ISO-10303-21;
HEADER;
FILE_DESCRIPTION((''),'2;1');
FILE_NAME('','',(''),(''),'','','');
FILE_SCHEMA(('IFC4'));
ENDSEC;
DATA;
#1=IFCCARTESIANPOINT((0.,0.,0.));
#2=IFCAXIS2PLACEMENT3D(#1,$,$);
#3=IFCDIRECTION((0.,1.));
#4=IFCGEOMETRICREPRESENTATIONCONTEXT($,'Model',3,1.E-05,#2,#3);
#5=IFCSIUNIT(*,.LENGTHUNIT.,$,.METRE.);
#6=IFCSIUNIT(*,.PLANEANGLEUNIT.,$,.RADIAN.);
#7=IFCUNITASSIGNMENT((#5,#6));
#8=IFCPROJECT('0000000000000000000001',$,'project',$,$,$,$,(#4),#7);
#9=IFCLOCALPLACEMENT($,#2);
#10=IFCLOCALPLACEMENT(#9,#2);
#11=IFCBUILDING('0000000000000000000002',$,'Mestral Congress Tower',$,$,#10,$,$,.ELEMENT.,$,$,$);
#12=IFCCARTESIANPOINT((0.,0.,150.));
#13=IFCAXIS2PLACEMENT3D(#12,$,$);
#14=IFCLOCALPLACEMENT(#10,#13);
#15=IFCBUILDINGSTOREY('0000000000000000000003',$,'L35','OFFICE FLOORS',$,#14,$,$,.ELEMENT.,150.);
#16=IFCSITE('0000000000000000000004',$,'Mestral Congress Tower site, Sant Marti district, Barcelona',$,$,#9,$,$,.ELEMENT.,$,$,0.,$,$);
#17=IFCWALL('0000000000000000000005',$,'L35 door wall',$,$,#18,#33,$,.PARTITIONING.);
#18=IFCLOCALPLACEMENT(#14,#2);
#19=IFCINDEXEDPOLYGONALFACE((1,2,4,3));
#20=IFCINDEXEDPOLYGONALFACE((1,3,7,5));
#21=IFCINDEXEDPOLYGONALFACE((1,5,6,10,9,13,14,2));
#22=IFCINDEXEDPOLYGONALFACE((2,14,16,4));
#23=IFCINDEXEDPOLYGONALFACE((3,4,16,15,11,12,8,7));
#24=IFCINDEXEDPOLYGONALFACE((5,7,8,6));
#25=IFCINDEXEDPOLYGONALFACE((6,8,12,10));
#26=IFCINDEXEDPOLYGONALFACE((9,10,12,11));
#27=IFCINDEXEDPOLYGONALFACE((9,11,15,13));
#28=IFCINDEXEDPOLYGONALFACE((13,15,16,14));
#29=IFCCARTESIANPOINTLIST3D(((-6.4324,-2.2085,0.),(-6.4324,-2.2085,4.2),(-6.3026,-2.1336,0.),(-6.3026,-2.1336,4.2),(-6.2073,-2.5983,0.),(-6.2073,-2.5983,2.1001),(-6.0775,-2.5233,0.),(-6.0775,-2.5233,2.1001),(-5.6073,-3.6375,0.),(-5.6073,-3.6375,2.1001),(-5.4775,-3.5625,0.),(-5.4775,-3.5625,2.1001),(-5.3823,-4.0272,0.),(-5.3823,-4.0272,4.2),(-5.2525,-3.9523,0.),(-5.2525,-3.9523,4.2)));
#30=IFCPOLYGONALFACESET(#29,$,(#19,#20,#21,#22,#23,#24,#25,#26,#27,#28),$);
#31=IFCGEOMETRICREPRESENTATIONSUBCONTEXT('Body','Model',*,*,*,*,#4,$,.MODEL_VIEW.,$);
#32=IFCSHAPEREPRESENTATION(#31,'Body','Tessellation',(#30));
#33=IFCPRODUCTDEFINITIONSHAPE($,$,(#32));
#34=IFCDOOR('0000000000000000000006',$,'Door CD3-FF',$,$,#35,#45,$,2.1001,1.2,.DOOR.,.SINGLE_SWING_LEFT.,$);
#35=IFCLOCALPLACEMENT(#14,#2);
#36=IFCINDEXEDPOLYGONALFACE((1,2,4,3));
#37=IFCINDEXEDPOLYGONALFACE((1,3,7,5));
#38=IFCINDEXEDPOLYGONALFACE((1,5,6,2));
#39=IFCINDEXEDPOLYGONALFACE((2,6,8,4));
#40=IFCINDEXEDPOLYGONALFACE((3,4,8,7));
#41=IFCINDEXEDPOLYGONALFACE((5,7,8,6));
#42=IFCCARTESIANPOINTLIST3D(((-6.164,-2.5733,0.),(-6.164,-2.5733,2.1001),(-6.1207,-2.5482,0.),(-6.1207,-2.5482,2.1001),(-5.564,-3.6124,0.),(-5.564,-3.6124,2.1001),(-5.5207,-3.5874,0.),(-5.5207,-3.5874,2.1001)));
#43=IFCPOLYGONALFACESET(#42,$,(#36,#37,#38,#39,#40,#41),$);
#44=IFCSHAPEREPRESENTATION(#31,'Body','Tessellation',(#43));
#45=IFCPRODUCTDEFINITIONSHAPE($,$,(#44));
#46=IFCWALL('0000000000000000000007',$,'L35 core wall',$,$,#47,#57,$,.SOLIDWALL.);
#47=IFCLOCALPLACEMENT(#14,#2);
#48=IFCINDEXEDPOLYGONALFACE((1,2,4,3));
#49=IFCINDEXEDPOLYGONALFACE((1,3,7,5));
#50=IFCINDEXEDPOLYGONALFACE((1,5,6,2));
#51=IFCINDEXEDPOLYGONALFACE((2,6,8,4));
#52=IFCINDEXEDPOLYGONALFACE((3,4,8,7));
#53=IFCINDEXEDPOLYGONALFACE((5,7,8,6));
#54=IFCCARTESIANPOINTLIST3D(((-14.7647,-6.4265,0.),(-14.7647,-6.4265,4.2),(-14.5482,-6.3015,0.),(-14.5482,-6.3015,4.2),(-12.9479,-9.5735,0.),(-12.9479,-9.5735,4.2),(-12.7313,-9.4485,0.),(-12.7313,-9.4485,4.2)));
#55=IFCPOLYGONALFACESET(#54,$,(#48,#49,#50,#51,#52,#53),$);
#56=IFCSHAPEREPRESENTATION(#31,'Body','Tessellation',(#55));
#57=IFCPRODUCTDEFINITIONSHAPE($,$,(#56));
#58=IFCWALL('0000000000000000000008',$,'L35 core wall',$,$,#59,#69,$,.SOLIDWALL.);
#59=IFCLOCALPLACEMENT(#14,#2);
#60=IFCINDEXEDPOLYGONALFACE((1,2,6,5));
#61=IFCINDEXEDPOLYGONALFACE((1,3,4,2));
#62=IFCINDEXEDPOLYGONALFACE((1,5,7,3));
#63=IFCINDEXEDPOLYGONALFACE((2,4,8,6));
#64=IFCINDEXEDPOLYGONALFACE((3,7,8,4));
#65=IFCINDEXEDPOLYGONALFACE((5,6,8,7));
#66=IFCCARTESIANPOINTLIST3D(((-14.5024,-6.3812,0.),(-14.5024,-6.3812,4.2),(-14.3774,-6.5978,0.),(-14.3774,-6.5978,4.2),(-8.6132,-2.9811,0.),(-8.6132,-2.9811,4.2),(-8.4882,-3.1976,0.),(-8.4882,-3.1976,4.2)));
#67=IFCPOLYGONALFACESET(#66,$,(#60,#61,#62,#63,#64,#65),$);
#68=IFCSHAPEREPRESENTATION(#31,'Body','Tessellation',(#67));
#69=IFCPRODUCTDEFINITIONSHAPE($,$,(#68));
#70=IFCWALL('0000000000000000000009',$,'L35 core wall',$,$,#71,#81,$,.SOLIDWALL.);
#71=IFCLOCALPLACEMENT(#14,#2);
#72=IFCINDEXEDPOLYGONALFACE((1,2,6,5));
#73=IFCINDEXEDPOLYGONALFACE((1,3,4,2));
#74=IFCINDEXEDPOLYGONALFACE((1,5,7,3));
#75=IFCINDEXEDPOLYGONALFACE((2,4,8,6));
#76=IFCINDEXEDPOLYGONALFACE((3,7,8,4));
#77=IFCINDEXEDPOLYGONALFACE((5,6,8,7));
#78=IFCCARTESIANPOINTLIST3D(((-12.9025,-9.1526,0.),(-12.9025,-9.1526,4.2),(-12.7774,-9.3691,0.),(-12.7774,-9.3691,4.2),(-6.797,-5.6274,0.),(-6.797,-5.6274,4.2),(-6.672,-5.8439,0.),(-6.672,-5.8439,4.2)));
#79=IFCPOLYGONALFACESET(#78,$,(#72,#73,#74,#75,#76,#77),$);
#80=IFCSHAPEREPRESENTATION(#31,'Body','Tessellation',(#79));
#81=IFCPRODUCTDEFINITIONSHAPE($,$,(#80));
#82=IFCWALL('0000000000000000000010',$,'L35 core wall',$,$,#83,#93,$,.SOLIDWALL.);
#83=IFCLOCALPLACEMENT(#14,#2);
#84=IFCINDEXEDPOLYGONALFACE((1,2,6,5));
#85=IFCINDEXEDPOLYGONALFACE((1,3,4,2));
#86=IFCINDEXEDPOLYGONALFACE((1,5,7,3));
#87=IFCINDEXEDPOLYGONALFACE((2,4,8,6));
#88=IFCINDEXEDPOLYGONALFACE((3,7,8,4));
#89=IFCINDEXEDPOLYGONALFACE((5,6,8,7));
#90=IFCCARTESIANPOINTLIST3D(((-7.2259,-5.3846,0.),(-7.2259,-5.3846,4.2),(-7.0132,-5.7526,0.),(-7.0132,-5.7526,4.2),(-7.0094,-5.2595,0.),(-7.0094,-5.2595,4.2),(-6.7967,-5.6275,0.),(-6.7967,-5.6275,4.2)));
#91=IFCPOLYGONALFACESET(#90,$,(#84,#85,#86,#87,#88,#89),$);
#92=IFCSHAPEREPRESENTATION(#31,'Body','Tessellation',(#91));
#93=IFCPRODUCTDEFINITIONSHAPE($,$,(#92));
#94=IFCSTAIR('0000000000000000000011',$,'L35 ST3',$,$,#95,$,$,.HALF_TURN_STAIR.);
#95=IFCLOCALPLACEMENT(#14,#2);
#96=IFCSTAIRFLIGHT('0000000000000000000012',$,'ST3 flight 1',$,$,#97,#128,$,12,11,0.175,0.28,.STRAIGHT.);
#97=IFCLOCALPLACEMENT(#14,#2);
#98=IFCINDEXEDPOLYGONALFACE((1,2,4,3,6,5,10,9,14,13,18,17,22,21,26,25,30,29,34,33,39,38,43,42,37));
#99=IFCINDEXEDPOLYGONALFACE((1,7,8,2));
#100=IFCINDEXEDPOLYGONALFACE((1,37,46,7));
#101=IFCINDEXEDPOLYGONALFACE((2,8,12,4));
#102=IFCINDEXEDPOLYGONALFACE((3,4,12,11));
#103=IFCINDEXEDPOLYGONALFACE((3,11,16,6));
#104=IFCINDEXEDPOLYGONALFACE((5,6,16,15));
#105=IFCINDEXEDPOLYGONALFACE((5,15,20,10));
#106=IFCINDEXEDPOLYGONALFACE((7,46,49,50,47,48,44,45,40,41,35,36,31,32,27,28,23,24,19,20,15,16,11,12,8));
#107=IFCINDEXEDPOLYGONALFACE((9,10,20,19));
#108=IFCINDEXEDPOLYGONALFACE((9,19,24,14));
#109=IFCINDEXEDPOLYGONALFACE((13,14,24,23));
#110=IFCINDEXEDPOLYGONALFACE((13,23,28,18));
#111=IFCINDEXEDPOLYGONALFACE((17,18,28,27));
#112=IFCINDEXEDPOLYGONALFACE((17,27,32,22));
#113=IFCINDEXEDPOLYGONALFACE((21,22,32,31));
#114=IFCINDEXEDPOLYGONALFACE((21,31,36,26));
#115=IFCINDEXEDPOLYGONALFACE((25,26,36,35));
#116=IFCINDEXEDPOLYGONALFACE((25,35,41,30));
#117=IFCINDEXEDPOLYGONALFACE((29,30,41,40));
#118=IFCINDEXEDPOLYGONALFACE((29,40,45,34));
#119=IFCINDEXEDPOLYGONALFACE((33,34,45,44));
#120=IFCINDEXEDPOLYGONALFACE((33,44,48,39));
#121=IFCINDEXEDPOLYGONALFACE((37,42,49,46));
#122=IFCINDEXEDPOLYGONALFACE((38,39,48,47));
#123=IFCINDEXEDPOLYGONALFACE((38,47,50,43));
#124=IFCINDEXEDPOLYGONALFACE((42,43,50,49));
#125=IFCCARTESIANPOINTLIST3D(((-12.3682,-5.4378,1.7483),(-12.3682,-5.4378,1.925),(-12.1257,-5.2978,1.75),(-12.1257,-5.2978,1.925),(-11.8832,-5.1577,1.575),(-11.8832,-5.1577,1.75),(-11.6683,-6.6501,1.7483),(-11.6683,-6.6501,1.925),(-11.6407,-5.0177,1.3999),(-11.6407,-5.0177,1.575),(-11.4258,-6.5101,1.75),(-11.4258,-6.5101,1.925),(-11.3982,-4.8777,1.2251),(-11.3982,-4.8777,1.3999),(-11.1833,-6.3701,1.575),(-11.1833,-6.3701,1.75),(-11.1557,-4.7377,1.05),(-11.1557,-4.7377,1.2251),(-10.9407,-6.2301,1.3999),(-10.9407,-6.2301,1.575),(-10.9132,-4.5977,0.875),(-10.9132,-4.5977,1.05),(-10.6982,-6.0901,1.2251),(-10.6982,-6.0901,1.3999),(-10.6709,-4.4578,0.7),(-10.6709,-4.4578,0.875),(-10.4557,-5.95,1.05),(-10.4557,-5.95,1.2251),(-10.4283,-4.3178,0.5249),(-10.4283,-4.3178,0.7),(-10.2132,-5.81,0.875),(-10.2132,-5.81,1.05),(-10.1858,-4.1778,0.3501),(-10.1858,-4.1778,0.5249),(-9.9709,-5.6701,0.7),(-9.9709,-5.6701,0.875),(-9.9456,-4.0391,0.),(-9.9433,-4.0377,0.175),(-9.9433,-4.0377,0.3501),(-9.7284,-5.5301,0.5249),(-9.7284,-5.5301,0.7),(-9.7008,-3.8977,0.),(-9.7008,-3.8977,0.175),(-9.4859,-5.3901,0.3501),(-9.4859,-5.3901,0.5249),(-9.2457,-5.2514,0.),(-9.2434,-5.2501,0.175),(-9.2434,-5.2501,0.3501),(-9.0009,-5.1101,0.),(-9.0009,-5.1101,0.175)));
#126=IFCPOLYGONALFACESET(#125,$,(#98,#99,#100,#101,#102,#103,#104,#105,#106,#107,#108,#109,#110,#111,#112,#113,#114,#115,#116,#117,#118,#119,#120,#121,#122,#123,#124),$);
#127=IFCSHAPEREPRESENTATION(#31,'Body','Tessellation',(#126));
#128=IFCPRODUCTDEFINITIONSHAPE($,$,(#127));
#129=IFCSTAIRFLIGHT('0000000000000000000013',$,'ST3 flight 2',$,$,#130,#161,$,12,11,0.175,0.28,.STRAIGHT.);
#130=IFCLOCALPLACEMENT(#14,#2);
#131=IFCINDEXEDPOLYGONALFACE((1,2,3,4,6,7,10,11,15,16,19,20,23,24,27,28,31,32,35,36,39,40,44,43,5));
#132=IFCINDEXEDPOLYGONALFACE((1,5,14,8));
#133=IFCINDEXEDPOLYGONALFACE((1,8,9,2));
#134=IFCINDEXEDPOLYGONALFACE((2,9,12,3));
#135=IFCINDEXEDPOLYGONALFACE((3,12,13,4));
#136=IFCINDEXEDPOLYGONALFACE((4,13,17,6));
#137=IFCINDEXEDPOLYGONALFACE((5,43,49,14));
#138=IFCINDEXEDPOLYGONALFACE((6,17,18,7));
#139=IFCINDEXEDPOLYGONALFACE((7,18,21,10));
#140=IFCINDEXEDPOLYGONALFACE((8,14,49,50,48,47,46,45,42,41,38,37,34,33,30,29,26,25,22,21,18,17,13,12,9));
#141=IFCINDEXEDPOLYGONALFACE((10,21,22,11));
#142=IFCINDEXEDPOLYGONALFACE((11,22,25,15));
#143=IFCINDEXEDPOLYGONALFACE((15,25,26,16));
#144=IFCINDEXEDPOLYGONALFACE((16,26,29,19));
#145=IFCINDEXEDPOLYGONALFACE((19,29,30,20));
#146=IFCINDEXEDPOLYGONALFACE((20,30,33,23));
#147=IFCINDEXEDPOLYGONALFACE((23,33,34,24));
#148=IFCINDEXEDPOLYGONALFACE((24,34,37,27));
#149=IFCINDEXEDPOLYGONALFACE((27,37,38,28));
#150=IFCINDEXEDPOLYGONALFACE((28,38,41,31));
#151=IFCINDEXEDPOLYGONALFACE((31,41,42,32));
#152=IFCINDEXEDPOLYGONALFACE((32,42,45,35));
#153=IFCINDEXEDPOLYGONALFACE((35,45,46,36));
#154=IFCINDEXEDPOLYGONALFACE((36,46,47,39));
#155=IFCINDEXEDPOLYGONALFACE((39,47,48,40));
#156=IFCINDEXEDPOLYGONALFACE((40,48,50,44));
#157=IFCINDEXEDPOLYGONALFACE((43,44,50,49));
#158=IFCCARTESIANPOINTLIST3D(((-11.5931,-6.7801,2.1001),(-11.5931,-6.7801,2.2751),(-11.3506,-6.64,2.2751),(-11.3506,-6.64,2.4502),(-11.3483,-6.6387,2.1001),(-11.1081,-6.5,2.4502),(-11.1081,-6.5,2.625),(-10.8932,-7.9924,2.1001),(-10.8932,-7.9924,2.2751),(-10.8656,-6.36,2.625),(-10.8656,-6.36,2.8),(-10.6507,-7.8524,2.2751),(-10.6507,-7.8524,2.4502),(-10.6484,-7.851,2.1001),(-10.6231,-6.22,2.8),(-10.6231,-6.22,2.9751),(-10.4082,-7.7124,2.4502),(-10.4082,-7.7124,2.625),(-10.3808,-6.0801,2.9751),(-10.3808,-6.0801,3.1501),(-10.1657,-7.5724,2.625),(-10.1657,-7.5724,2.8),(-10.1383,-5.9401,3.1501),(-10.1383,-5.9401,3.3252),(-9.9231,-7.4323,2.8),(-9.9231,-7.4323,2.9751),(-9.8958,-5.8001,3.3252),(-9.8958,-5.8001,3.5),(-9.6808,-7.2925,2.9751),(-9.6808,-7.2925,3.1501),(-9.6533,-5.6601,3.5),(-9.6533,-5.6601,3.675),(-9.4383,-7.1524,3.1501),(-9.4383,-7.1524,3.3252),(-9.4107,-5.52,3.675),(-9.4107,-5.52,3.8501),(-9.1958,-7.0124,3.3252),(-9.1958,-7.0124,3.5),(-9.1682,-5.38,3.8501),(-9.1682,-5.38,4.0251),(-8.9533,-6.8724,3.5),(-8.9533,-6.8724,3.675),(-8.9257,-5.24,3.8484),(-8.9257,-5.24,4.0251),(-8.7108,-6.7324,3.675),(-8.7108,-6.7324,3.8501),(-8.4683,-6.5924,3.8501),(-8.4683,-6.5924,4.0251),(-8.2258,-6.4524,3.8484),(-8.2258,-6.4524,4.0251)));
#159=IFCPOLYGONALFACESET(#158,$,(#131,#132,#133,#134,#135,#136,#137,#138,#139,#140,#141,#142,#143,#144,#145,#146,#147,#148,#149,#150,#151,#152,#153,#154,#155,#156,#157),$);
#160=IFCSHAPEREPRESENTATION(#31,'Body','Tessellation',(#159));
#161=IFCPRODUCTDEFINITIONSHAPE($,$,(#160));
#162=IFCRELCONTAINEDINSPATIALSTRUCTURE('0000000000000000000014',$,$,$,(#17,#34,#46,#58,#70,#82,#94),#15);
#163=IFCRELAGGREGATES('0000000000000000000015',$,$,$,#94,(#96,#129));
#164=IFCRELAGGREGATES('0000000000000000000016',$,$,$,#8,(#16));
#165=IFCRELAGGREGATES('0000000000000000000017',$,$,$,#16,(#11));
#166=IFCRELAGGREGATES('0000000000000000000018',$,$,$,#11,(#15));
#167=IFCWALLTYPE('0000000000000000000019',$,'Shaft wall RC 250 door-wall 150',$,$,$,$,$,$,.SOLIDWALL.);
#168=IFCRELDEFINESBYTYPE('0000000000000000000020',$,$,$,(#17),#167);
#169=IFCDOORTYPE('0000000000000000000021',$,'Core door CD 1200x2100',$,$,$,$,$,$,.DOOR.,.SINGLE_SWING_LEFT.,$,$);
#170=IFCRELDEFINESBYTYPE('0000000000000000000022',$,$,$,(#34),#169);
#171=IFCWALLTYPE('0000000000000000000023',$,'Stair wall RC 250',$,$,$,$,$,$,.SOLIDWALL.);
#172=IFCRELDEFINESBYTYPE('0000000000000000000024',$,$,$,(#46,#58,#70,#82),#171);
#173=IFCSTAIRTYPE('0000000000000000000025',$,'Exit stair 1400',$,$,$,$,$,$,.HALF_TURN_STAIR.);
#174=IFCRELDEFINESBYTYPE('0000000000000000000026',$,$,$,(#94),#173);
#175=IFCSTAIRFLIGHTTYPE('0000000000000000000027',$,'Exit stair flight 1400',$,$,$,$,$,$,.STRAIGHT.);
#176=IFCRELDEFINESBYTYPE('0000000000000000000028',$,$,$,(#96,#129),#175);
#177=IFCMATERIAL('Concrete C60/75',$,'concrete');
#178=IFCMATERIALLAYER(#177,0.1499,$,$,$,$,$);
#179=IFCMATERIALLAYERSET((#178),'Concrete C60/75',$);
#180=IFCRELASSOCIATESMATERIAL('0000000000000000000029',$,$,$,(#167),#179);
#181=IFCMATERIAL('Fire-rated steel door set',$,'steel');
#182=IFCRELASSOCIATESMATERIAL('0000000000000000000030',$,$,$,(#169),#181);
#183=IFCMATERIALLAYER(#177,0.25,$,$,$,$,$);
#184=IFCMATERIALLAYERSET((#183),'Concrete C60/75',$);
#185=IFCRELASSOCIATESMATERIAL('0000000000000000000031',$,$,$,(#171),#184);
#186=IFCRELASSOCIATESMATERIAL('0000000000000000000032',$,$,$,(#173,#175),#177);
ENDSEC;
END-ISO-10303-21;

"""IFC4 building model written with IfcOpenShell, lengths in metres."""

from ifc_helpers import new_model, si_unit, direction, frame, frame_2d, origin, place, context, subcontext, project, spatial, polyline, rectangle, outline, extrude, material, layer, layer_set, type_object, element, fill, aggregate, save


model = new_model("IFC4")

# Units and contexts
model_context = context("Model", 3, precision=1e-05, world=origin(), true_north=direction((0.0, 1.0)))
body_context = subcontext(model_context, "Body", "Model", "MODEL_VIEW")
ifc_project = project(units=[si_unit("LENGTHUNIT", "METRE"), si_unit("PLANEANGLEUNIT", "RADIAN")], contexts=[model_context])

# Site, building, storey
site_placement = place(None, origin())
site = spatial("IfcSite", under=ifc_project, at=site_placement, Name="Mestral Congress Tower site, Sant Marti district, Barcelona", CompositionType="ELEMENT", RefElevation=0.0)
building_placement = place(site_placement, origin())
building = spatial("IfcBuilding", under=site, at=building_placement, Name="Mestral Congress Tower", CompositionType="ELEMENT")
storey_placement = place(building_placement, frame((0.0, 0.0, 150.0)))
storey = spatial("IfcBuildingStorey", under=building, at=storey_placement, Name="L35", Description="OFFICE FLOORS", CompositionType="ELEMENT", Elevation=150.0)

# Shared definitions
ifc_material_1 = material(Name="Concrete C60/75", Category="concrete")

# Shared definitions
ifc_material_2 = material(Name="Fire-rated steel door set", Category="steel")

# Shared definitions
ifc_layer_1 = layer(ifc_material_1, 0.1499)
ifc_layer_set_1 = layer_set([ifc_layer_1], Name="Concrete C60/75")
wall_type_1 = type_object("IfcWallType", Name="Shaft wall RC 250 door-wall 150", PredefinedType="SOLIDWALL", material=ifc_layer_set_1)

# Wall, opening, door
wall_1_placement = place(storey_placement, frame((-5.3174, -3.9897, 0.0), z_axis=(0.0, 0.0, 1.0), x_axis=(-0.500028, 0.866009, 0.0)))
wall_1 = element("IfcWall", 1, at=wall_1_placement, inside=storey, type_object=wall_type_1, Name="L35 door wall", PredefinedType="PARTITIONING", context=body_context, shape_type="SweptSolid", body=[
    extrude(rectangle(XDim=2.1001, YDim=0.1499, at=frame_2d((1.05, 0.0))), origin(), (0.0, 0.0, 1.0), 4.2),
])
opening_1_placement = place(wall_1_placement, frame((0.45, 0.0, 0.0)))
opening_1 = element("IfcOpeningElement", 2, at=opening_1_placement, cuts=wall_1, PredefinedType="OPENING", context=body_context, shape_type="SweptSolid", body=[
    extrude(rectangle(XDim=1.2, YDim=2.1001, at=frame_2d((0.6001, 1.05))), frame((0.0, 0.085, 0.0), z_axis=(0.0, -1.0, 0.0), x_axis=(1.0, 0.0, 0.0)), (0.0, 0.0, 1.0), 0.1699),
])
door_type_1 = type_object("IfcDoorType", Name="Core door CD 1200x2100", OperationType="SINGLE_SWING_LEFT", PredefinedType="DOOR", material=ifc_material_2)
door_1_placement = place(opening_1_placement, origin())
door_1 = element("IfcDoor", 3, at=door_1_placement, inside=storey, type_object=door_type_1, Name="Door CD3-FF", OperationType="SINGLE_SWING_LEFT", OverallHeight=2.1001, OverallWidth=1.2, PredefinedType="DOOR", context=body_context, shape_type="SweptSolid", body=[
    extrude(rectangle(XDim=1.2, YDim=2.1001, at=frame_2d((0.6001, 1.05))), frame((0.0, 0.0249, 0.0), z_axis=(0.0, -1.0, 0.0), x_axis=(1.0, 0.0, 0.0)), (0.0, 0.0, 1.0), 0.05),
])
fill(opening_1, door_1)

# Walls
ifc_layer_2 = layer(ifc_material_1, 0.25)
ifc_layer_set_2 = layer_set([ifc_layer_2], Name="Concrete C60/75")
wall_type_2 = type_object("IfcWallType", Name="Stair wall RC 250", PredefinedType="SOLIDWALL", material=ifc_layer_set_2)
wall_2_placement = place(storey_placement, frame((-12.8396, -9.511, 0.0), z_axis=(0.0, 0.0, 1.0), x_axis=(-0.499998, 0.866027, 0.0)))
element("IfcWall", 4, at=wall_2_placement, inside=storey, type_object=wall_type_2, Name="L35 core wall", PredefinedType="SOLIDWALL", context=body_context, shape_type="SweptSolid", body=[
    extrude(rectangle(XDim=3.6338, YDim=0.25, at=frame_2d((1.8169, 0.0))), origin(), (0.0, 0.0, 1.0), 4.2),
])
wall_3_placement = place(storey_placement, frame((-14.4399, -6.4895, 0.0), z_axis=(0.0, 0.0, 1.0), x_axis=(0.866023, 0.500004, 0.0)))
element("IfcWall", 5, at=wall_3_placement, inside=storey, type_object=wall_type_2, Name="L35 core wall", PredefinedType="SOLIDWALL", context=body_context, shape_type="SweptSolid", body=[
    extrude(rectangle(XDim=6.8003, YDim=0.25, at=frame_2d((3.4001, 0.0))), origin(), (0.0, 0.0, 1.0), 4.2),
])
wall_4_placement = place(storey_placement, frame((-12.8398, -9.2607, 0.0), z_axis=(0.0, 0.0, 1.0), x_axis=(0.866016, 0.500016, 0.0)))
element("IfcWall", 6, at=wall_4_placement, inside=storey, type_object=wall_type_2, Name="L35 core wall", PredefinedType="SOLIDWALL", context=body_context, shape_type="SweptSolid", body=[
    extrude(rectangle(XDim=7.05, YDim=0.25, at=frame_2d((3.5249, 0.0))), origin(), (0.0, 0.0, 1.0), 4.2),
])
wall_5_placement = place(storey_placement, frame((-6.905, -5.6899, 0.0), z_axis=(0.0, 0.0, 1.0), x_axis=(-0.500402, 0.865793, 0.0)))
element("IfcWall", 7, at=wall_5_placement, inside=storey, type_object=wall_type_2, Name="L35 core wall", PredefinedType="SOLIDWALL", context=body_context, shape_type="SweptSolid", body=[
    extrude(rectangle(XDim=0.425, YDim=0.25, at=frame_2d((0.2124, 0.0))), origin(), (0.0, 0.0, 1.0), 4.2),
])

# Stair, stair flights
stair_type = type_object("IfcStairType", Name="Exit stair 1400", PredefinedType="HALF_TURN_STAIR", material=ifc_material_1)
stair_placement = place(storey_placement, origin())
stair = element("IfcStair", 8, at=stair_placement, inside=storey, type_object=stair_type, Name="L35 ST3", PredefinedType="HALF_TURN_STAIR")
stair_flight_type = type_object("IfcStairFlightType", Name="Exit stair flight 1400", PredefinedType="STRAIGHT", material=ifc_material_1)
stair_flight_1_placement = place(storey_placement, frame((-9.3508, -4.5039, 0.0), z_axis=(0.0, 0.0, 1.0), x_axis=(-0.866025, -0.5, 0.0)))
stair_flight_1 = element("IfcStairFlight", 9, at=stair_flight_1_placement, type_object=stair_flight_type, Name="ST3 flight 1", NumberOfRisers=12, NumberOfTreads=11, PredefinedType="STRAIGHT", RiserHeight=0.175, TreadLength=0.28, context=body_context, shape_type="SweptSolid", body=[
    extrude(outline(polyline([(0.0, 0.0), (0.0, 0.175), (0.28, 0.175), (0.28, 0.3501), (0.5601, 0.3501), (0.5601, 0.5249), (0.8401, 0.5249), (0.8401, 0.7), (1.1201, 0.7), (1.1201, 0.875), (1.3999, 0.875), (1.3999, 1.05), (1.6799, 1.05), (1.6799, 1.2251), (1.96, 1.2251), (1.96, 1.3999), (2.24, 1.3999), (2.24, 1.575), (2.52, 1.575), (2.52, 1.75), (2.8, 1.75), (2.8, 1.925), (3.0801, 1.925), (3.0801, 2.1001), (3.0801, 1.7483), (0.2827, 0.0), (0.0, 0.0)])), frame((0.0, 0.7, 0.0), z_axis=(0.0, -1.0, 0.0), x_axis=(1.0, 0.0, 0.0)), (0.0, 0.0, 1.0), 1.3999),
])
stair_flight_2_placement = place(storey_placement, frame((-11.2432, -7.3862, 2.1001), z_axis=(0.0, 0.0, 1.0), x_axis=(0.866025, 0.5, 0.0)))
stair_flight_2 = element("IfcStairFlight", 10, at=stair_flight_2_placement, type_object=stair_flight_type, Name="ST3 flight 2", NumberOfRisers=12, NumberOfTreads=11, PredefinedType="STRAIGHT", RiserHeight=0.175, TreadLength=0.28, context=body_context, shape_type="SweptSolid", body=[
    extrude(outline(polyline([(0.0, 0.0), (0.0, 0.175), (0.28, 0.175), (0.28, 0.3501), (0.5601, 0.3501), (0.5601, 0.5249), (0.8401, 0.5249), (0.8401, 0.7), (1.1201, 0.7), (1.1201, 0.875), (1.3999, 0.875), (1.3999, 1.05), (1.6799, 1.05), (1.6799, 1.2251), (1.96, 1.2251), (1.96, 1.3999), (2.24, 1.3999), (2.24, 1.575), (2.52, 1.575), (2.52, 1.75), (2.8, 1.75), (2.8, 1.925), (3.0801, 1.925), (3.0801, 2.1001), (3.0801, 1.7483), (0.2827, 0.0), (0.0, 0.0)])), frame((0.0, 0.7, 0.0), z_axis=(0.0, -1.0, 0.0), x_axis=(1.0, 0.0, 0.0)), (0.0, 0.0, 1.0), 1.3999),
])
aggregate(stair, [stair_flight_1, stair_flight_2])

save(model, "model.ifc")
